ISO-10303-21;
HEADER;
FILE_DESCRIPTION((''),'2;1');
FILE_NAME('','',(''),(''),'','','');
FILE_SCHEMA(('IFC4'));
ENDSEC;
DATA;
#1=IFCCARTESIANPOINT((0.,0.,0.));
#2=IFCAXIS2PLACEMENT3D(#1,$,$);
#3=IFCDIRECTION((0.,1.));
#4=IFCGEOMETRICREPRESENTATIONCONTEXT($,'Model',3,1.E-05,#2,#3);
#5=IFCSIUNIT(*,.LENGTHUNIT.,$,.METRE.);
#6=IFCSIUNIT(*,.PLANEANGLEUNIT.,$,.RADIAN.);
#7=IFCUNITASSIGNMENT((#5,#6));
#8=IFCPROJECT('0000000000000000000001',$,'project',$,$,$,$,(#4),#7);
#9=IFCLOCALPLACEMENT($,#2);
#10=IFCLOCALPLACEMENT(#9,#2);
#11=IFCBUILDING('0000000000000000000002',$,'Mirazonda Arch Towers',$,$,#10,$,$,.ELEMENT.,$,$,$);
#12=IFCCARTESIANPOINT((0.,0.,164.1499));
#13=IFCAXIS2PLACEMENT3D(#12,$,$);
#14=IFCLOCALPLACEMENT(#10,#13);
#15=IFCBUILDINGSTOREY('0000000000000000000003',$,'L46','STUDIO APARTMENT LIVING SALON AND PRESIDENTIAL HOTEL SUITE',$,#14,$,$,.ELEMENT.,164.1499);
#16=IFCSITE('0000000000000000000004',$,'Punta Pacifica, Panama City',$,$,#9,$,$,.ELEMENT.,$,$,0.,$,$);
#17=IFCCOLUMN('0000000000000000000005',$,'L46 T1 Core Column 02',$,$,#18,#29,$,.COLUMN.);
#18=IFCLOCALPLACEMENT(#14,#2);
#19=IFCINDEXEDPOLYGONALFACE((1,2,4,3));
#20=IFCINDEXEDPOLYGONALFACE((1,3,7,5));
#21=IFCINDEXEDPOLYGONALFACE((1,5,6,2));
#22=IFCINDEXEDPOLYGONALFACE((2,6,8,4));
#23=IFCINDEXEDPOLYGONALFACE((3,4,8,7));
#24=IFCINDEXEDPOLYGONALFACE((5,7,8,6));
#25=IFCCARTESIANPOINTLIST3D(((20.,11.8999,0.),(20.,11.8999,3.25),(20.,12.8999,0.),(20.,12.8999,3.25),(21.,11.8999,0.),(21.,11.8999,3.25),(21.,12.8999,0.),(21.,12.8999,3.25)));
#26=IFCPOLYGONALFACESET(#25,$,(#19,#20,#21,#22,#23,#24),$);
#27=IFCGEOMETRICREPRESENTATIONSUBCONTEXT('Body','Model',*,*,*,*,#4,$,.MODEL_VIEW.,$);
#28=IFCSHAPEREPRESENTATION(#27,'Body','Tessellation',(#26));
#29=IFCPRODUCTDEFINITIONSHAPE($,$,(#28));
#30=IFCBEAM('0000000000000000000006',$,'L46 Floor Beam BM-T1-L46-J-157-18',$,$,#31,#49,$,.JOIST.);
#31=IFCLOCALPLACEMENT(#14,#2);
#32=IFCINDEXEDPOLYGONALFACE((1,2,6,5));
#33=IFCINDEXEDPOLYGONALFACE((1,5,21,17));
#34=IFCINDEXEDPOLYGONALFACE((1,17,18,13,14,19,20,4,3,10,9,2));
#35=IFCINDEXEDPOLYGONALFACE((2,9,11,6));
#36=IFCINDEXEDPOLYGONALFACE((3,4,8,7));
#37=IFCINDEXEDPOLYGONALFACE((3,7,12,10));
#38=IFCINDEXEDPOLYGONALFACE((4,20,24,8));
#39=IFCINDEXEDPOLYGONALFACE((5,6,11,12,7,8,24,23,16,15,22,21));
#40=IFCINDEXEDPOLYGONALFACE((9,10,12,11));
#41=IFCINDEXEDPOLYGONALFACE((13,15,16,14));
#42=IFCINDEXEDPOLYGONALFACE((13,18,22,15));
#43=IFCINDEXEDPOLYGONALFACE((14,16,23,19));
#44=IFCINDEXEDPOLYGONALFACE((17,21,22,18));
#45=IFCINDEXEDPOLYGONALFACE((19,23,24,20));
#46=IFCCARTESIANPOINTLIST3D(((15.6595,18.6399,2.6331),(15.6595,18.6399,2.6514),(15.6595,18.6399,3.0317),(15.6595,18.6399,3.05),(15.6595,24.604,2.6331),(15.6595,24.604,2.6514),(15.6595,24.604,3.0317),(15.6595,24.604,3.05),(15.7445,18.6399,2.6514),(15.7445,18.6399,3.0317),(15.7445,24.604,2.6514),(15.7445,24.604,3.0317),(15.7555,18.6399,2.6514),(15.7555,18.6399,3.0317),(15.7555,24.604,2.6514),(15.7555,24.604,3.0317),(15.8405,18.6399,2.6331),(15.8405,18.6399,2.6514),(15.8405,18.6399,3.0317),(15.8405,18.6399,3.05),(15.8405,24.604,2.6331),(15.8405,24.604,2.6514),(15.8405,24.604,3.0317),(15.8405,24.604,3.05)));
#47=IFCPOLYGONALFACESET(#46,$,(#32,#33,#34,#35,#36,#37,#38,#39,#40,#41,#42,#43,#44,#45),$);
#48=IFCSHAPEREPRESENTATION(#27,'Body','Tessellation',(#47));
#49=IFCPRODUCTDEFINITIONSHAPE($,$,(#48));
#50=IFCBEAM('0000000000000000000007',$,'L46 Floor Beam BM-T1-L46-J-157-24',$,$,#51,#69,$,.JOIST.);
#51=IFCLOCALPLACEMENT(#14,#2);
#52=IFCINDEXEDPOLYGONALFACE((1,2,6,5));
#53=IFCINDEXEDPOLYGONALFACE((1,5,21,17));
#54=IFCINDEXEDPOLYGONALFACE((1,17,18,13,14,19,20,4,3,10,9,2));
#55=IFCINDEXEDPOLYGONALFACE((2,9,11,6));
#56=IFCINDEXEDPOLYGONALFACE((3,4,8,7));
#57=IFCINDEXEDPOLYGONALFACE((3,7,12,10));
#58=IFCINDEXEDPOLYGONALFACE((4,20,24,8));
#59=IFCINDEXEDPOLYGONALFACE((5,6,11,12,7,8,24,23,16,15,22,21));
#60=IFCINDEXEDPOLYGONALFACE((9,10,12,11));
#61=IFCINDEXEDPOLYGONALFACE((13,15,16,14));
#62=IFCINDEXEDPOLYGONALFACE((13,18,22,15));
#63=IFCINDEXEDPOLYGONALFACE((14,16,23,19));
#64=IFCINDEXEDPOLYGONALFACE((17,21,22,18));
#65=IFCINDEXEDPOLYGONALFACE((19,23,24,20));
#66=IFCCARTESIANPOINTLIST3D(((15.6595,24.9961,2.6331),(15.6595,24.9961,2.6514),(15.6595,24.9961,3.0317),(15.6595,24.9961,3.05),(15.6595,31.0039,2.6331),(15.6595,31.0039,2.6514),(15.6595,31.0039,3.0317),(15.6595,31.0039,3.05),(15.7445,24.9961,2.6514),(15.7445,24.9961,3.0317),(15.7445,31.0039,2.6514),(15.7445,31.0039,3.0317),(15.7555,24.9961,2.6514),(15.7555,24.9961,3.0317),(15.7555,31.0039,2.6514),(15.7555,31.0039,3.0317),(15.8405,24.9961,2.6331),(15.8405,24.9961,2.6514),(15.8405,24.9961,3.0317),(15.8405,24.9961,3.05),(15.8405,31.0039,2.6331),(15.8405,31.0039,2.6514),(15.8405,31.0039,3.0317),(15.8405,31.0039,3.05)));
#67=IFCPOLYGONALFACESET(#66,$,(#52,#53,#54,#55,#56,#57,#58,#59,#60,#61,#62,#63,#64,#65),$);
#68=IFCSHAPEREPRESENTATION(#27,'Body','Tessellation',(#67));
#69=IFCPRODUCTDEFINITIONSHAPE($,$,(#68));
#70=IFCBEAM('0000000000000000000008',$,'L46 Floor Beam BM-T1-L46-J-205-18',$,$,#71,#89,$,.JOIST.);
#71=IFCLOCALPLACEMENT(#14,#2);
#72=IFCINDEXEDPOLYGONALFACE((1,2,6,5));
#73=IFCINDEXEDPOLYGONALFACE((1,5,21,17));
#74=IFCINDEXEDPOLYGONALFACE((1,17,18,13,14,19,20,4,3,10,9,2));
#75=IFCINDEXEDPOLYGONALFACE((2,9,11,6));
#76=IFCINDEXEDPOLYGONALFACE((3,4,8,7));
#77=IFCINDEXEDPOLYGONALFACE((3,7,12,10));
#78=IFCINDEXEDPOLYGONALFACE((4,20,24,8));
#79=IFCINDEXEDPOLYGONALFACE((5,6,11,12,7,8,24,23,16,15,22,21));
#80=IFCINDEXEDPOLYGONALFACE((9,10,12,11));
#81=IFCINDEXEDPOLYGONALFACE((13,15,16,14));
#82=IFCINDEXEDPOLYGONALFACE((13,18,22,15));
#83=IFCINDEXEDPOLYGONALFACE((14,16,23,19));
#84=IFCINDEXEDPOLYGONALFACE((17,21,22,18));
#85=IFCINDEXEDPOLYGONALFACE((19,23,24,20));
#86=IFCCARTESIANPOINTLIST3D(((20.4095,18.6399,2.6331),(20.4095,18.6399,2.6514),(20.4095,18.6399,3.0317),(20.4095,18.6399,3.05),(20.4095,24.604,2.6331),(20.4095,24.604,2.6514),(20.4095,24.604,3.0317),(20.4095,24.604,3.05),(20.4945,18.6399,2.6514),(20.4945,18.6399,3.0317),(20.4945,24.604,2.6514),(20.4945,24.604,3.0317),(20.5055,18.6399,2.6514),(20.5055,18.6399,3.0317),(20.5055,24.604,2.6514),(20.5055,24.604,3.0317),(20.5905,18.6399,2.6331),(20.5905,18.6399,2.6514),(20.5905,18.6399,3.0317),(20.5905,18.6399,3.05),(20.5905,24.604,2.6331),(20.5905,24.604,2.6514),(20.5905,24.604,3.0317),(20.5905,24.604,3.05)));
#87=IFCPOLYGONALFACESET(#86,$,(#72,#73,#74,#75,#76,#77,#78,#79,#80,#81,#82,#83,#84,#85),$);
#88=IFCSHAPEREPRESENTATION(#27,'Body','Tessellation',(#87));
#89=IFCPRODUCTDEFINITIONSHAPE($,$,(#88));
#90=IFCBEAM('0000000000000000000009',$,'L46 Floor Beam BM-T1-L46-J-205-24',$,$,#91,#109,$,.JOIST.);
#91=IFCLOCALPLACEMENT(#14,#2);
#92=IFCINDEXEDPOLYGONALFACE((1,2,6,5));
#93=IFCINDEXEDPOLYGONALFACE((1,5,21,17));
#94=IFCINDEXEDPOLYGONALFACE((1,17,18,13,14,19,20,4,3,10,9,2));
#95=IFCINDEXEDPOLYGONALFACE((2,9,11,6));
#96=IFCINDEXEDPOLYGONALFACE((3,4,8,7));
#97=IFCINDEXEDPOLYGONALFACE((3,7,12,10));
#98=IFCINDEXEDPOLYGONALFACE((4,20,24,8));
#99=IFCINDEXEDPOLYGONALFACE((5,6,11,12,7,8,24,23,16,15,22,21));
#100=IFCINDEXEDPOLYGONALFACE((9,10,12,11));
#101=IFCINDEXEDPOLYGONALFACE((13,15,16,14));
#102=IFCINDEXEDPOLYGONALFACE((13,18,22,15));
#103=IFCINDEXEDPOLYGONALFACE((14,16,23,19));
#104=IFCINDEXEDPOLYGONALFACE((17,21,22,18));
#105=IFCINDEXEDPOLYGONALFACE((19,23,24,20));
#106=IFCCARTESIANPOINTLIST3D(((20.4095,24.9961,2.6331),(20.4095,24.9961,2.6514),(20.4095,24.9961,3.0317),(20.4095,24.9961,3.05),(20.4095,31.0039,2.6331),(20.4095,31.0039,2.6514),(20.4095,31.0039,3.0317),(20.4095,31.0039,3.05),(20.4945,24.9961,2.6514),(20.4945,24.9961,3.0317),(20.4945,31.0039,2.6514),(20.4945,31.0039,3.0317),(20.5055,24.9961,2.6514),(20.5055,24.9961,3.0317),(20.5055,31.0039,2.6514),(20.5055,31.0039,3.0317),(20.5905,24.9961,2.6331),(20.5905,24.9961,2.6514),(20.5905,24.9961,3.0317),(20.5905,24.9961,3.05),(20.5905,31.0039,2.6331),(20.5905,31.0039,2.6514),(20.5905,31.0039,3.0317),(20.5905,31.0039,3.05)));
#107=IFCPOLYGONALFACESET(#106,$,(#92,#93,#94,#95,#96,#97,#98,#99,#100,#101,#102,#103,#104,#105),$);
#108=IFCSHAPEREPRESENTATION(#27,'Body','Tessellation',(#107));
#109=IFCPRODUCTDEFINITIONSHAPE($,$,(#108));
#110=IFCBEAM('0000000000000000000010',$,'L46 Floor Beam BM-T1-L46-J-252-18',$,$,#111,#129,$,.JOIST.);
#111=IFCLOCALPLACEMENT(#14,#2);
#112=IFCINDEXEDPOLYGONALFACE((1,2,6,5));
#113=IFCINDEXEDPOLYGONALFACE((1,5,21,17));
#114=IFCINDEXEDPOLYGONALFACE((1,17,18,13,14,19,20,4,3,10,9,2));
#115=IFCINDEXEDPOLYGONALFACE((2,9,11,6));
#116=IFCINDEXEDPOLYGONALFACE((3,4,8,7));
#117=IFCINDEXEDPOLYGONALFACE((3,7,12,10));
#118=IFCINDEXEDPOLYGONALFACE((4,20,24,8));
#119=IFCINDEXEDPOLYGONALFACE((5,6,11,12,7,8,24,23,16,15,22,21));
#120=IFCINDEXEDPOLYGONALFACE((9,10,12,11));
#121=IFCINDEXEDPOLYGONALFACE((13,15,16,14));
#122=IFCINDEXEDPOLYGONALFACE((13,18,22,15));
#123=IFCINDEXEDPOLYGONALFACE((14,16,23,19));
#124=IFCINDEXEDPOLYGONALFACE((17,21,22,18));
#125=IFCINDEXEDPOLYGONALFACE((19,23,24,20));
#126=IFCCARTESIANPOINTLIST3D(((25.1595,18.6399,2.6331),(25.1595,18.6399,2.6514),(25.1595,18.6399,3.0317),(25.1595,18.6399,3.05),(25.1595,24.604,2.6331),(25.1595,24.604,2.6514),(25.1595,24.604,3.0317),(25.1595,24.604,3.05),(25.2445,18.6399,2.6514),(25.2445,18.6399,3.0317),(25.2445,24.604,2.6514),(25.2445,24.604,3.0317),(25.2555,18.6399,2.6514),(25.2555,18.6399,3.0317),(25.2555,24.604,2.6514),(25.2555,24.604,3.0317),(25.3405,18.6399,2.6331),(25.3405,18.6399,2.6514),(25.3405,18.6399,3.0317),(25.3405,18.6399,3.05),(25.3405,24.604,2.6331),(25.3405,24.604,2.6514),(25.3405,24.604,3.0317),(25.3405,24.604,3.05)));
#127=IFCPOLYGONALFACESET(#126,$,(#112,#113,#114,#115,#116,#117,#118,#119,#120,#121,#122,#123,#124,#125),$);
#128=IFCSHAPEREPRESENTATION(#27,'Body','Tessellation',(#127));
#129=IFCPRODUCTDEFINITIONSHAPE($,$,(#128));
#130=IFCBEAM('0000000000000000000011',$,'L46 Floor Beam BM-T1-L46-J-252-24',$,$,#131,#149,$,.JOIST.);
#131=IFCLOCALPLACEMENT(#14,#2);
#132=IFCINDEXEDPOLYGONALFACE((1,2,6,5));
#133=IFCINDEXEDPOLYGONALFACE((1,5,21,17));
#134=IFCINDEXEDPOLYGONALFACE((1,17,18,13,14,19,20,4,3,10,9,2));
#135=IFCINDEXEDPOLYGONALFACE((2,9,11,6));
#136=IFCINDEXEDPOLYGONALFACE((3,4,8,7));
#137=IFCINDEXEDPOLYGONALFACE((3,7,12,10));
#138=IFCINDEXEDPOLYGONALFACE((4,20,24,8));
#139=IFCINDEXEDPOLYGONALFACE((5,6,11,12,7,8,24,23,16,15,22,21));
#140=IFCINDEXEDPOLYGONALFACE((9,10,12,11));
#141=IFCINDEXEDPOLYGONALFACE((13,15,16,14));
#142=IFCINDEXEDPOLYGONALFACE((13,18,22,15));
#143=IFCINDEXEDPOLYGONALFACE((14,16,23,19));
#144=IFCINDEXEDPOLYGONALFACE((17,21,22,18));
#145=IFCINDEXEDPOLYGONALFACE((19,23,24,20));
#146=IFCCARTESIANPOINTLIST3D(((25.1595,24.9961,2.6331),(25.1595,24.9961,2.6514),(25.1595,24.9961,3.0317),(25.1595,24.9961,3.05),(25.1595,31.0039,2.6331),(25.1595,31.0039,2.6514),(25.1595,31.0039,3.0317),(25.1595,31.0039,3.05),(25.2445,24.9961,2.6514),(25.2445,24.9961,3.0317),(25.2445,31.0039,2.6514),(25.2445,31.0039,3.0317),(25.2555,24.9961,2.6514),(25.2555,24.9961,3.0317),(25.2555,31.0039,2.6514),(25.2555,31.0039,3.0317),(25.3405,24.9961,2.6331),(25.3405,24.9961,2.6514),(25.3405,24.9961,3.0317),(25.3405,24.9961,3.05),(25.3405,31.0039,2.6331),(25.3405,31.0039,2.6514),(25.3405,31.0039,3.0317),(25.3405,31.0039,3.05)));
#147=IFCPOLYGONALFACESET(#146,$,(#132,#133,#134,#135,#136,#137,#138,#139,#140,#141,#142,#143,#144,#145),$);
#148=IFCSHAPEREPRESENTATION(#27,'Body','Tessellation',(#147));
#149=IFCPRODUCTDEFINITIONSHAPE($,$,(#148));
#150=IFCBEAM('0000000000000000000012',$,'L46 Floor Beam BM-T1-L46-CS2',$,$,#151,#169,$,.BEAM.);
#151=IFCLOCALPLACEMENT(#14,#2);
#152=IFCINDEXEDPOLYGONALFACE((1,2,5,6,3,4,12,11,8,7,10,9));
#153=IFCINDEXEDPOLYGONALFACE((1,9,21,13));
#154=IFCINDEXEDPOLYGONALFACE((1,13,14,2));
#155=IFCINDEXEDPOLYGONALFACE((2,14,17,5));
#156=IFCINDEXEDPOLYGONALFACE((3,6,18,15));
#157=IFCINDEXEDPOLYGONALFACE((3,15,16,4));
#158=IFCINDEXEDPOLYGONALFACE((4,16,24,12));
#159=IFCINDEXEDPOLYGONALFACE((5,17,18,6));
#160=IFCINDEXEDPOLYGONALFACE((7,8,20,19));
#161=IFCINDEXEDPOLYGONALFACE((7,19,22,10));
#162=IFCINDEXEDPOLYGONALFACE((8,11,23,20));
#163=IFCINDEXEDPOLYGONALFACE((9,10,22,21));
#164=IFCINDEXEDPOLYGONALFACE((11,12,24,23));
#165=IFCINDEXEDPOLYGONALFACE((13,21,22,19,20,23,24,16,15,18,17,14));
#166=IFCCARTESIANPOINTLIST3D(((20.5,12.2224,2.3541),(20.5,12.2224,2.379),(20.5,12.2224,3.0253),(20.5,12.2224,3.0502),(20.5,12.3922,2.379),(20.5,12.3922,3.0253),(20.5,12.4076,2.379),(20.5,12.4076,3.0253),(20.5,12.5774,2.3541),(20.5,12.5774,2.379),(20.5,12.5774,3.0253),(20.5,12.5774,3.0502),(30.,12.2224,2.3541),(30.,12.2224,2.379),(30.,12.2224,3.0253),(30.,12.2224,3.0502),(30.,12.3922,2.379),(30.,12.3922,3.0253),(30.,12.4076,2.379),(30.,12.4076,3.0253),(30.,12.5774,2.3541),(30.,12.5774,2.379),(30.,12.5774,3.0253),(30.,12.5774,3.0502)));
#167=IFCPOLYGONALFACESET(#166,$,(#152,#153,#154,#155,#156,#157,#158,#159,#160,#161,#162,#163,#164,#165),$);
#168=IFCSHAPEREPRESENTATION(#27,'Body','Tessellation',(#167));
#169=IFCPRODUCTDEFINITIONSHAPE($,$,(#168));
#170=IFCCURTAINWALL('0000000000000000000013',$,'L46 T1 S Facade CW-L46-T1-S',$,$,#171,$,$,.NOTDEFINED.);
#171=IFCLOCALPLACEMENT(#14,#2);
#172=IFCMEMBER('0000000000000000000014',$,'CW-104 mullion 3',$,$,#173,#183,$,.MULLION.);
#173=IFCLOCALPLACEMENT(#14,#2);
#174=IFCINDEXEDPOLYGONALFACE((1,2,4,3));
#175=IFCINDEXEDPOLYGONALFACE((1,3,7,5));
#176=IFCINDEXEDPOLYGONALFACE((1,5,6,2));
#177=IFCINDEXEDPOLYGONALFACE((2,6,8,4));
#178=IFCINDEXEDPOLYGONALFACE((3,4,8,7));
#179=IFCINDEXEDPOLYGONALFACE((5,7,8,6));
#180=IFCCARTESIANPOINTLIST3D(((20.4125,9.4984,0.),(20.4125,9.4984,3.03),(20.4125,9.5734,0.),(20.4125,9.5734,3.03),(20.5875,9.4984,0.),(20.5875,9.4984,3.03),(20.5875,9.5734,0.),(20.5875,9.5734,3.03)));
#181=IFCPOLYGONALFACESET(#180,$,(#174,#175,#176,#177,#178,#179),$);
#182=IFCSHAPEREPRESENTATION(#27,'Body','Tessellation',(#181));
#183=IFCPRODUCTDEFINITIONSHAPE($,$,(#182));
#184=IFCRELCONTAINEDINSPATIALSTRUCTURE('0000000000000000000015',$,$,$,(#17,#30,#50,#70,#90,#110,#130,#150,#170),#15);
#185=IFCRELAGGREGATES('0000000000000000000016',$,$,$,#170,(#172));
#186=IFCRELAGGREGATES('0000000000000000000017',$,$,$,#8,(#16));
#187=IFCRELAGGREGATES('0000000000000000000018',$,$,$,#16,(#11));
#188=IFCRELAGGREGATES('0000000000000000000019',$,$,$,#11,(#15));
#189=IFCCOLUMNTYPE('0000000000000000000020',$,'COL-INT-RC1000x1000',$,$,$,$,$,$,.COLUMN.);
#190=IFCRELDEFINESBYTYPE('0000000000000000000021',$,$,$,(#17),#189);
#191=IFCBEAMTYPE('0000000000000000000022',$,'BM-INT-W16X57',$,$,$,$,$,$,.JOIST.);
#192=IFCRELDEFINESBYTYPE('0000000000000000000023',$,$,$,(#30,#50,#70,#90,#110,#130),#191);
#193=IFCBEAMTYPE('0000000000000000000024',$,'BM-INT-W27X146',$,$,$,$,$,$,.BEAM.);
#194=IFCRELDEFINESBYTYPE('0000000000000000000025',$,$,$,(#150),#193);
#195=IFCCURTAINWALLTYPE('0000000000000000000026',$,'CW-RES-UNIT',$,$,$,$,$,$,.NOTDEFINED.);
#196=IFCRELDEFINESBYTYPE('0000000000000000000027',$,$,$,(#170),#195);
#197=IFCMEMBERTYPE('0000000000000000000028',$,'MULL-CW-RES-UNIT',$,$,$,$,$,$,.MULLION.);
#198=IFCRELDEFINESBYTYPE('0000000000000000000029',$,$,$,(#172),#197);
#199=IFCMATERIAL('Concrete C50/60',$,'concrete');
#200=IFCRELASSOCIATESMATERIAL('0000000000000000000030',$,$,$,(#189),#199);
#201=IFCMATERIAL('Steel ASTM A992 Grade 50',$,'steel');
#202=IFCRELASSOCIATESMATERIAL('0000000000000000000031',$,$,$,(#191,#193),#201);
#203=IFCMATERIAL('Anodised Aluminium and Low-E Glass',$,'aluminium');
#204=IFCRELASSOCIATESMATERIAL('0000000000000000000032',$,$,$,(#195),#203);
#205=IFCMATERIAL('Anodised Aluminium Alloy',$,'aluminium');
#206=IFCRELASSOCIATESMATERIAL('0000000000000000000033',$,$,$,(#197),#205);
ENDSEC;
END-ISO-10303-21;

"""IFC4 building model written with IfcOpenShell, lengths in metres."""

from ifc_helpers import new_model, si_unit, direction, frame, origin, origin_2d, place, context, subcontext, project, spatial, rectangle, i_section, extrude, material, material_profile, profile_set, type_object, element, aggregate, save


model = new_model("IFC4")

# Units and contexts
model_context = context("Model", 3, precision=1e-05, world=origin(), true_north=direction((0.0, 1.0)))
body_context = subcontext(model_context, "Body", "Model", "MODEL_VIEW")
ifc_project = project(units=[si_unit("LENGTHUNIT", "METRE"), si_unit("PLANEANGLEUNIT", "RADIAN")], contexts=[model_context])

# Site, building, storey
site_placement = place(None, origin())
site = spatial("IfcSite", under=ifc_project, at=site_placement, Name="Punta Pacifica, Panama City", CompositionType="ELEMENT", RefElevation=0.0)
building_placement = place(site_placement, origin())
building = spatial("IfcBuilding", under=site, at=building_placement, Name="Mirazonda Arch Towers", CompositionType="ELEMENT")
storey_placement = place(building_placement, frame((0.0, 0.0, 164.1499)))
storey = spatial("IfcBuildingStorey", under=building, at=storey_placement, Name="L46", Description="STUDIO APARTMENT LIVING SALON AND PRESIDENTIAL HOTEL SUITE", CompositionType="ELEMENT", Elevation=164.1499)

# Column
ifc_material_1 = material(Name="Concrete C50/60", Category="concrete")
ifc_material_profile_1 = material_profile(ifc_material_1, rectangle(XDim=1.0, YDim=1.0, at=origin_2d()), Name="RC1000x1000")
ifc_profile_set_1 = profile_set([ifc_material_profile_1], Name="Concrete C50/60")
column_type = type_object("IfcColumnType", Name="COL-INT-RC1000x1000", PredefinedType="COLUMN", material=ifc_profile_set_1)
column_placement = place(storey_placement, frame((20.5, 12.3999, 0.0), z_axis=(0.0, 0.0, 1.0), x_axis=(1.0, 0.0, 0.0)))
element("IfcColumn", 1, at=column_placement, inside=storey, type_object=column_type, Name="L46 T1 Core Column 02", PredefinedType="COLUMN", context=body_context, shape_type="SweptSolid", body=[
    extrude(rectangle(XDim=1.0, YDim=1.0, at=origin_2d()), origin(), (0.0, 0.0, 1.0), 3.25),
])

# Beams
ifc_material_2 = material(Name="Steel ASTM A992 Grade 50", Category="steel")
ifc_material_profile_2 = material_profile(ifc_material_2, i_section(OverallWidth=0.1809, OverallDepth=0.417, WebThickness=0.011, FlangeThickness=0.0183, at=origin_2d()), Name="W16X57")
ifc_profile_set_2 = profile_set([ifc_material_profile_2], Name="Steel ASTM A992 Grade 50")
beam_type_1 = type_object("IfcBeamType", Name="BM-INT-W16X57", PredefinedType="JOIST", material=ifc_profile_set_2)
beam_1_placement = place(storey_placement, frame((15.75, 18.6399, 2.8416), z_axis=(0.0, 1.0, 0.0), x_axis=(-1.0, 0.0, 0.0)))
element("IfcBeam", 2, at=beam_1_placement, inside=storey, type_object=beam_type_1, Name="L46 Floor Beam BM-T1-L46-J-157-18", PredefinedType="JOIST", context=body_context, shape_type="SweptSolid", body=[
    extrude(i_section(OverallWidth=0.1809, OverallDepth=0.417, WebThickness=0.011, FlangeThickness=0.0183, at=origin_2d()), origin(), (0.0, 0.0, 1.0), 5.9641),
])
beam_2_placement = place(storey_placement, frame((15.75, 24.9961, 2.8416), z_axis=(0.0, 1.0, 0.0), x_axis=(-1.0, 0.0, 0.0)))
element("IfcBeam", 3, at=beam_2_placement, inside=storey, type_object=beam_type_1, Name="L46 Floor Beam BM-T1-L46-J-157-24", PredefinedType="JOIST", context=body_context, shape_type="SweptSolid", body=[
    extrude(i_section(OverallWidth=0.1809, OverallDepth=0.417, WebThickness=0.011, FlangeThickness=0.0183, at=origin_2d()), origin(), (0.0, 0.0, 1.0), 6.0078),
])
beam_3_placement = place(storey_placement, frame((20.5, 18.6399, 2.8416), z_axis=(0.0, 1.0, 0.0), x_axis=(-1.0, 0.0, 0.0)))
element("IfcBeam", 4, at=beam_3_placement, inside=storey, type_object=beam_type_1, Name="L46 Floor Beam BM-T1-L46-J-205-18", PredefinedType="JOIST", context=body_context, shape_type="SweptSolid", body=[
    extrude(i_section(OverallWidth=0.1809, OverallDepth=0.417, WebThickness=0.011, FlangeThickness=0.0183, at=origin_2d()), origin(), (0.0, 0.0, 1.0), 5.9641),
])
beam_4_placement = place(storey_placement, frame((20.5, 24.9961, 2.8416), z_axis=(0.0, 1.0, 0.0), x_axis=(-1.0, 0.0, 0.0)))
element("IfcBeam", 5, at=beam_4_placement, inside=storey, type_object=beam_type_1, Name="L46 Floor Beam BM-T1-L46-J-205-24", PredefinedType="JOIST", context=body_context, shape_type="SweptSolid", body=[
    extrude(i_section(OverallWidth=0.1809, OverallDepth=0.417, WebThickness=0.011, FlangeThickness=0.0183, at=origin_2d()), origin(), (0.0, 0.0, 1.0), 6.0078),
])
beam_5_placement = place(storey_placement, frame((25.25, 18.6399, 2.8416), z_axis=(0.0, 1.0, 0.0), x_axis=(-1.0, 0.0, 0.0)))
element("IfcBeam", 6, at=beam_5_placement, inside=storey, type_object=beam_type_1, Name="L46 Floor Beam BM-T1-L46-J-252-18", PredefinedType="JOIST", context=body_context, shape_type="SweptSolid", body=[
    extrude(i_section(OverallWidth=0.1809, OverallDepth=0.417, WebThickness=0.011, FlangeThickness=0.0183, at=origin_2d()), origin(), (0.0, 0.0, 1.0), 5.9641),
])
beam_6_placement = place(storey_placement, frame((25.25, 24.9961, 2.8416), z_axis=(0.0, 1.0, 0.0), x_axis=(-1.0, 0.0, 0.0)))
element("IfcBeam", 7, at=beam_6_placement, inside=storey, type_object=beam_type_1, Name="L46 Floor Beam BM-T1-L46-J-252-24", PredefinedType="JOIST", context=body_context, shape_type="SweptSolid", body=[
    extrude(i_section(OverallWidth=0.1809, OverallDepth=0.417, WebThickness=0.011, FlangeThickness=0.0183, at=origin_2d()), origin(), (0.0, 0.0, 1.0), 6.0078),
])
ifc_material_profile_3 = material_profile(ifc_material_2, i_section(OverallWidth=0.355, OverallDepth=0.696, WebThickness=0.0154, FlangeThickness=0.0249, at=origin_2d()), Name="W27X146")
ifc_profile_set_3 = profile_set([ifc_material_profile_3], Name="Steel ASTM A992 Grade 50")
beam_type_2 = type_object("IfcBeamType", Name="BM-INT-W27X146", PredefinedType="BEAM", material=ifc_profile_set_3)
beam_7_placement = place(storey_placement, frame((20.5, 12.3999, 2.7021), z_axis=(1.0, 0.0, 0.0), x_axis=(0.0, 1.0, 0.0)))
element("IfcBeam", 8, at=beam_7_placement, inside=storey, type_object=beam_type_2, Name="L46 Floor Beam BM-T1-L46-CS2", PredefinedType="BEAM", context=body_context, shape_type="SweptSolid", body=[
    extrude(i_section(OverallWidth=0.355, OverallDepth=0.696, WebThickness=0.0154, FlangeThickness=0.0249, at=origin_2d()), origin(), (0.0, 0.0, 1.0), 9.5),
])

# Curtain wall, member
ifc_material_3 = material(Name="Anodised Aluminium and Low-E Glass", Category="aluminium")
curtain_wall_type = type_object("IfcCurtainWallType", Name="CW-RES-UNIT", PredefinedType="NOTDEFINED", material=ifc_material_3)
curtain_wall_placement = place(storey_placement, origin())
curtain_wall = element("IfcCurtainWall", 9, at=curtain_wall_placement, inside=storey, type_object=curtain_wall_type, Name="L46 T1 S Facade CW-L46-T1-S", PredefinedType="NOTDEFINED")
ifc_material_4 = material(Name="Anodised Aluminium Alloy", Category="aluminium")
ifc_material_profile_4 = material_profile(ifc_material_4, rectangle(XDim=0.075, YDim=0.175, at=origin_2d()), Name="ALU-MULL-75x175")
ifc_profile_set_4 = profile_set([ifc_material_profile_4], Name="Anodised Aluminium Alloy")
member_type_1 = type_object("IfcMemberType", Name="MULL-CW-RES-UNIT", PredefinedType="MULLION", material=ifc_profile_set_4)
member_1_placement = place(storey_placement, frame((20.5, 9.5359, 0.0), z_axis=(0.0, 0.0, 1.0), x_axis=(0.0, -1.0, 0.0)))
member_1 = element("IfcMember", 10, at=member_1_placement, type_object=member_type_1, Name="CW-104 mullion 3", PredefinedType="MULLION", context=body_context, shape_type="SweptSolid", body=[
    extrude(rectangle(XDim=0.075, YDim=0.175, at=origin_2d()), origin(), (0.0, 0.0, 1.0), 3.03),
])
aggregate(curtain_wall, [member_1])

save(model, "model.ifc")
